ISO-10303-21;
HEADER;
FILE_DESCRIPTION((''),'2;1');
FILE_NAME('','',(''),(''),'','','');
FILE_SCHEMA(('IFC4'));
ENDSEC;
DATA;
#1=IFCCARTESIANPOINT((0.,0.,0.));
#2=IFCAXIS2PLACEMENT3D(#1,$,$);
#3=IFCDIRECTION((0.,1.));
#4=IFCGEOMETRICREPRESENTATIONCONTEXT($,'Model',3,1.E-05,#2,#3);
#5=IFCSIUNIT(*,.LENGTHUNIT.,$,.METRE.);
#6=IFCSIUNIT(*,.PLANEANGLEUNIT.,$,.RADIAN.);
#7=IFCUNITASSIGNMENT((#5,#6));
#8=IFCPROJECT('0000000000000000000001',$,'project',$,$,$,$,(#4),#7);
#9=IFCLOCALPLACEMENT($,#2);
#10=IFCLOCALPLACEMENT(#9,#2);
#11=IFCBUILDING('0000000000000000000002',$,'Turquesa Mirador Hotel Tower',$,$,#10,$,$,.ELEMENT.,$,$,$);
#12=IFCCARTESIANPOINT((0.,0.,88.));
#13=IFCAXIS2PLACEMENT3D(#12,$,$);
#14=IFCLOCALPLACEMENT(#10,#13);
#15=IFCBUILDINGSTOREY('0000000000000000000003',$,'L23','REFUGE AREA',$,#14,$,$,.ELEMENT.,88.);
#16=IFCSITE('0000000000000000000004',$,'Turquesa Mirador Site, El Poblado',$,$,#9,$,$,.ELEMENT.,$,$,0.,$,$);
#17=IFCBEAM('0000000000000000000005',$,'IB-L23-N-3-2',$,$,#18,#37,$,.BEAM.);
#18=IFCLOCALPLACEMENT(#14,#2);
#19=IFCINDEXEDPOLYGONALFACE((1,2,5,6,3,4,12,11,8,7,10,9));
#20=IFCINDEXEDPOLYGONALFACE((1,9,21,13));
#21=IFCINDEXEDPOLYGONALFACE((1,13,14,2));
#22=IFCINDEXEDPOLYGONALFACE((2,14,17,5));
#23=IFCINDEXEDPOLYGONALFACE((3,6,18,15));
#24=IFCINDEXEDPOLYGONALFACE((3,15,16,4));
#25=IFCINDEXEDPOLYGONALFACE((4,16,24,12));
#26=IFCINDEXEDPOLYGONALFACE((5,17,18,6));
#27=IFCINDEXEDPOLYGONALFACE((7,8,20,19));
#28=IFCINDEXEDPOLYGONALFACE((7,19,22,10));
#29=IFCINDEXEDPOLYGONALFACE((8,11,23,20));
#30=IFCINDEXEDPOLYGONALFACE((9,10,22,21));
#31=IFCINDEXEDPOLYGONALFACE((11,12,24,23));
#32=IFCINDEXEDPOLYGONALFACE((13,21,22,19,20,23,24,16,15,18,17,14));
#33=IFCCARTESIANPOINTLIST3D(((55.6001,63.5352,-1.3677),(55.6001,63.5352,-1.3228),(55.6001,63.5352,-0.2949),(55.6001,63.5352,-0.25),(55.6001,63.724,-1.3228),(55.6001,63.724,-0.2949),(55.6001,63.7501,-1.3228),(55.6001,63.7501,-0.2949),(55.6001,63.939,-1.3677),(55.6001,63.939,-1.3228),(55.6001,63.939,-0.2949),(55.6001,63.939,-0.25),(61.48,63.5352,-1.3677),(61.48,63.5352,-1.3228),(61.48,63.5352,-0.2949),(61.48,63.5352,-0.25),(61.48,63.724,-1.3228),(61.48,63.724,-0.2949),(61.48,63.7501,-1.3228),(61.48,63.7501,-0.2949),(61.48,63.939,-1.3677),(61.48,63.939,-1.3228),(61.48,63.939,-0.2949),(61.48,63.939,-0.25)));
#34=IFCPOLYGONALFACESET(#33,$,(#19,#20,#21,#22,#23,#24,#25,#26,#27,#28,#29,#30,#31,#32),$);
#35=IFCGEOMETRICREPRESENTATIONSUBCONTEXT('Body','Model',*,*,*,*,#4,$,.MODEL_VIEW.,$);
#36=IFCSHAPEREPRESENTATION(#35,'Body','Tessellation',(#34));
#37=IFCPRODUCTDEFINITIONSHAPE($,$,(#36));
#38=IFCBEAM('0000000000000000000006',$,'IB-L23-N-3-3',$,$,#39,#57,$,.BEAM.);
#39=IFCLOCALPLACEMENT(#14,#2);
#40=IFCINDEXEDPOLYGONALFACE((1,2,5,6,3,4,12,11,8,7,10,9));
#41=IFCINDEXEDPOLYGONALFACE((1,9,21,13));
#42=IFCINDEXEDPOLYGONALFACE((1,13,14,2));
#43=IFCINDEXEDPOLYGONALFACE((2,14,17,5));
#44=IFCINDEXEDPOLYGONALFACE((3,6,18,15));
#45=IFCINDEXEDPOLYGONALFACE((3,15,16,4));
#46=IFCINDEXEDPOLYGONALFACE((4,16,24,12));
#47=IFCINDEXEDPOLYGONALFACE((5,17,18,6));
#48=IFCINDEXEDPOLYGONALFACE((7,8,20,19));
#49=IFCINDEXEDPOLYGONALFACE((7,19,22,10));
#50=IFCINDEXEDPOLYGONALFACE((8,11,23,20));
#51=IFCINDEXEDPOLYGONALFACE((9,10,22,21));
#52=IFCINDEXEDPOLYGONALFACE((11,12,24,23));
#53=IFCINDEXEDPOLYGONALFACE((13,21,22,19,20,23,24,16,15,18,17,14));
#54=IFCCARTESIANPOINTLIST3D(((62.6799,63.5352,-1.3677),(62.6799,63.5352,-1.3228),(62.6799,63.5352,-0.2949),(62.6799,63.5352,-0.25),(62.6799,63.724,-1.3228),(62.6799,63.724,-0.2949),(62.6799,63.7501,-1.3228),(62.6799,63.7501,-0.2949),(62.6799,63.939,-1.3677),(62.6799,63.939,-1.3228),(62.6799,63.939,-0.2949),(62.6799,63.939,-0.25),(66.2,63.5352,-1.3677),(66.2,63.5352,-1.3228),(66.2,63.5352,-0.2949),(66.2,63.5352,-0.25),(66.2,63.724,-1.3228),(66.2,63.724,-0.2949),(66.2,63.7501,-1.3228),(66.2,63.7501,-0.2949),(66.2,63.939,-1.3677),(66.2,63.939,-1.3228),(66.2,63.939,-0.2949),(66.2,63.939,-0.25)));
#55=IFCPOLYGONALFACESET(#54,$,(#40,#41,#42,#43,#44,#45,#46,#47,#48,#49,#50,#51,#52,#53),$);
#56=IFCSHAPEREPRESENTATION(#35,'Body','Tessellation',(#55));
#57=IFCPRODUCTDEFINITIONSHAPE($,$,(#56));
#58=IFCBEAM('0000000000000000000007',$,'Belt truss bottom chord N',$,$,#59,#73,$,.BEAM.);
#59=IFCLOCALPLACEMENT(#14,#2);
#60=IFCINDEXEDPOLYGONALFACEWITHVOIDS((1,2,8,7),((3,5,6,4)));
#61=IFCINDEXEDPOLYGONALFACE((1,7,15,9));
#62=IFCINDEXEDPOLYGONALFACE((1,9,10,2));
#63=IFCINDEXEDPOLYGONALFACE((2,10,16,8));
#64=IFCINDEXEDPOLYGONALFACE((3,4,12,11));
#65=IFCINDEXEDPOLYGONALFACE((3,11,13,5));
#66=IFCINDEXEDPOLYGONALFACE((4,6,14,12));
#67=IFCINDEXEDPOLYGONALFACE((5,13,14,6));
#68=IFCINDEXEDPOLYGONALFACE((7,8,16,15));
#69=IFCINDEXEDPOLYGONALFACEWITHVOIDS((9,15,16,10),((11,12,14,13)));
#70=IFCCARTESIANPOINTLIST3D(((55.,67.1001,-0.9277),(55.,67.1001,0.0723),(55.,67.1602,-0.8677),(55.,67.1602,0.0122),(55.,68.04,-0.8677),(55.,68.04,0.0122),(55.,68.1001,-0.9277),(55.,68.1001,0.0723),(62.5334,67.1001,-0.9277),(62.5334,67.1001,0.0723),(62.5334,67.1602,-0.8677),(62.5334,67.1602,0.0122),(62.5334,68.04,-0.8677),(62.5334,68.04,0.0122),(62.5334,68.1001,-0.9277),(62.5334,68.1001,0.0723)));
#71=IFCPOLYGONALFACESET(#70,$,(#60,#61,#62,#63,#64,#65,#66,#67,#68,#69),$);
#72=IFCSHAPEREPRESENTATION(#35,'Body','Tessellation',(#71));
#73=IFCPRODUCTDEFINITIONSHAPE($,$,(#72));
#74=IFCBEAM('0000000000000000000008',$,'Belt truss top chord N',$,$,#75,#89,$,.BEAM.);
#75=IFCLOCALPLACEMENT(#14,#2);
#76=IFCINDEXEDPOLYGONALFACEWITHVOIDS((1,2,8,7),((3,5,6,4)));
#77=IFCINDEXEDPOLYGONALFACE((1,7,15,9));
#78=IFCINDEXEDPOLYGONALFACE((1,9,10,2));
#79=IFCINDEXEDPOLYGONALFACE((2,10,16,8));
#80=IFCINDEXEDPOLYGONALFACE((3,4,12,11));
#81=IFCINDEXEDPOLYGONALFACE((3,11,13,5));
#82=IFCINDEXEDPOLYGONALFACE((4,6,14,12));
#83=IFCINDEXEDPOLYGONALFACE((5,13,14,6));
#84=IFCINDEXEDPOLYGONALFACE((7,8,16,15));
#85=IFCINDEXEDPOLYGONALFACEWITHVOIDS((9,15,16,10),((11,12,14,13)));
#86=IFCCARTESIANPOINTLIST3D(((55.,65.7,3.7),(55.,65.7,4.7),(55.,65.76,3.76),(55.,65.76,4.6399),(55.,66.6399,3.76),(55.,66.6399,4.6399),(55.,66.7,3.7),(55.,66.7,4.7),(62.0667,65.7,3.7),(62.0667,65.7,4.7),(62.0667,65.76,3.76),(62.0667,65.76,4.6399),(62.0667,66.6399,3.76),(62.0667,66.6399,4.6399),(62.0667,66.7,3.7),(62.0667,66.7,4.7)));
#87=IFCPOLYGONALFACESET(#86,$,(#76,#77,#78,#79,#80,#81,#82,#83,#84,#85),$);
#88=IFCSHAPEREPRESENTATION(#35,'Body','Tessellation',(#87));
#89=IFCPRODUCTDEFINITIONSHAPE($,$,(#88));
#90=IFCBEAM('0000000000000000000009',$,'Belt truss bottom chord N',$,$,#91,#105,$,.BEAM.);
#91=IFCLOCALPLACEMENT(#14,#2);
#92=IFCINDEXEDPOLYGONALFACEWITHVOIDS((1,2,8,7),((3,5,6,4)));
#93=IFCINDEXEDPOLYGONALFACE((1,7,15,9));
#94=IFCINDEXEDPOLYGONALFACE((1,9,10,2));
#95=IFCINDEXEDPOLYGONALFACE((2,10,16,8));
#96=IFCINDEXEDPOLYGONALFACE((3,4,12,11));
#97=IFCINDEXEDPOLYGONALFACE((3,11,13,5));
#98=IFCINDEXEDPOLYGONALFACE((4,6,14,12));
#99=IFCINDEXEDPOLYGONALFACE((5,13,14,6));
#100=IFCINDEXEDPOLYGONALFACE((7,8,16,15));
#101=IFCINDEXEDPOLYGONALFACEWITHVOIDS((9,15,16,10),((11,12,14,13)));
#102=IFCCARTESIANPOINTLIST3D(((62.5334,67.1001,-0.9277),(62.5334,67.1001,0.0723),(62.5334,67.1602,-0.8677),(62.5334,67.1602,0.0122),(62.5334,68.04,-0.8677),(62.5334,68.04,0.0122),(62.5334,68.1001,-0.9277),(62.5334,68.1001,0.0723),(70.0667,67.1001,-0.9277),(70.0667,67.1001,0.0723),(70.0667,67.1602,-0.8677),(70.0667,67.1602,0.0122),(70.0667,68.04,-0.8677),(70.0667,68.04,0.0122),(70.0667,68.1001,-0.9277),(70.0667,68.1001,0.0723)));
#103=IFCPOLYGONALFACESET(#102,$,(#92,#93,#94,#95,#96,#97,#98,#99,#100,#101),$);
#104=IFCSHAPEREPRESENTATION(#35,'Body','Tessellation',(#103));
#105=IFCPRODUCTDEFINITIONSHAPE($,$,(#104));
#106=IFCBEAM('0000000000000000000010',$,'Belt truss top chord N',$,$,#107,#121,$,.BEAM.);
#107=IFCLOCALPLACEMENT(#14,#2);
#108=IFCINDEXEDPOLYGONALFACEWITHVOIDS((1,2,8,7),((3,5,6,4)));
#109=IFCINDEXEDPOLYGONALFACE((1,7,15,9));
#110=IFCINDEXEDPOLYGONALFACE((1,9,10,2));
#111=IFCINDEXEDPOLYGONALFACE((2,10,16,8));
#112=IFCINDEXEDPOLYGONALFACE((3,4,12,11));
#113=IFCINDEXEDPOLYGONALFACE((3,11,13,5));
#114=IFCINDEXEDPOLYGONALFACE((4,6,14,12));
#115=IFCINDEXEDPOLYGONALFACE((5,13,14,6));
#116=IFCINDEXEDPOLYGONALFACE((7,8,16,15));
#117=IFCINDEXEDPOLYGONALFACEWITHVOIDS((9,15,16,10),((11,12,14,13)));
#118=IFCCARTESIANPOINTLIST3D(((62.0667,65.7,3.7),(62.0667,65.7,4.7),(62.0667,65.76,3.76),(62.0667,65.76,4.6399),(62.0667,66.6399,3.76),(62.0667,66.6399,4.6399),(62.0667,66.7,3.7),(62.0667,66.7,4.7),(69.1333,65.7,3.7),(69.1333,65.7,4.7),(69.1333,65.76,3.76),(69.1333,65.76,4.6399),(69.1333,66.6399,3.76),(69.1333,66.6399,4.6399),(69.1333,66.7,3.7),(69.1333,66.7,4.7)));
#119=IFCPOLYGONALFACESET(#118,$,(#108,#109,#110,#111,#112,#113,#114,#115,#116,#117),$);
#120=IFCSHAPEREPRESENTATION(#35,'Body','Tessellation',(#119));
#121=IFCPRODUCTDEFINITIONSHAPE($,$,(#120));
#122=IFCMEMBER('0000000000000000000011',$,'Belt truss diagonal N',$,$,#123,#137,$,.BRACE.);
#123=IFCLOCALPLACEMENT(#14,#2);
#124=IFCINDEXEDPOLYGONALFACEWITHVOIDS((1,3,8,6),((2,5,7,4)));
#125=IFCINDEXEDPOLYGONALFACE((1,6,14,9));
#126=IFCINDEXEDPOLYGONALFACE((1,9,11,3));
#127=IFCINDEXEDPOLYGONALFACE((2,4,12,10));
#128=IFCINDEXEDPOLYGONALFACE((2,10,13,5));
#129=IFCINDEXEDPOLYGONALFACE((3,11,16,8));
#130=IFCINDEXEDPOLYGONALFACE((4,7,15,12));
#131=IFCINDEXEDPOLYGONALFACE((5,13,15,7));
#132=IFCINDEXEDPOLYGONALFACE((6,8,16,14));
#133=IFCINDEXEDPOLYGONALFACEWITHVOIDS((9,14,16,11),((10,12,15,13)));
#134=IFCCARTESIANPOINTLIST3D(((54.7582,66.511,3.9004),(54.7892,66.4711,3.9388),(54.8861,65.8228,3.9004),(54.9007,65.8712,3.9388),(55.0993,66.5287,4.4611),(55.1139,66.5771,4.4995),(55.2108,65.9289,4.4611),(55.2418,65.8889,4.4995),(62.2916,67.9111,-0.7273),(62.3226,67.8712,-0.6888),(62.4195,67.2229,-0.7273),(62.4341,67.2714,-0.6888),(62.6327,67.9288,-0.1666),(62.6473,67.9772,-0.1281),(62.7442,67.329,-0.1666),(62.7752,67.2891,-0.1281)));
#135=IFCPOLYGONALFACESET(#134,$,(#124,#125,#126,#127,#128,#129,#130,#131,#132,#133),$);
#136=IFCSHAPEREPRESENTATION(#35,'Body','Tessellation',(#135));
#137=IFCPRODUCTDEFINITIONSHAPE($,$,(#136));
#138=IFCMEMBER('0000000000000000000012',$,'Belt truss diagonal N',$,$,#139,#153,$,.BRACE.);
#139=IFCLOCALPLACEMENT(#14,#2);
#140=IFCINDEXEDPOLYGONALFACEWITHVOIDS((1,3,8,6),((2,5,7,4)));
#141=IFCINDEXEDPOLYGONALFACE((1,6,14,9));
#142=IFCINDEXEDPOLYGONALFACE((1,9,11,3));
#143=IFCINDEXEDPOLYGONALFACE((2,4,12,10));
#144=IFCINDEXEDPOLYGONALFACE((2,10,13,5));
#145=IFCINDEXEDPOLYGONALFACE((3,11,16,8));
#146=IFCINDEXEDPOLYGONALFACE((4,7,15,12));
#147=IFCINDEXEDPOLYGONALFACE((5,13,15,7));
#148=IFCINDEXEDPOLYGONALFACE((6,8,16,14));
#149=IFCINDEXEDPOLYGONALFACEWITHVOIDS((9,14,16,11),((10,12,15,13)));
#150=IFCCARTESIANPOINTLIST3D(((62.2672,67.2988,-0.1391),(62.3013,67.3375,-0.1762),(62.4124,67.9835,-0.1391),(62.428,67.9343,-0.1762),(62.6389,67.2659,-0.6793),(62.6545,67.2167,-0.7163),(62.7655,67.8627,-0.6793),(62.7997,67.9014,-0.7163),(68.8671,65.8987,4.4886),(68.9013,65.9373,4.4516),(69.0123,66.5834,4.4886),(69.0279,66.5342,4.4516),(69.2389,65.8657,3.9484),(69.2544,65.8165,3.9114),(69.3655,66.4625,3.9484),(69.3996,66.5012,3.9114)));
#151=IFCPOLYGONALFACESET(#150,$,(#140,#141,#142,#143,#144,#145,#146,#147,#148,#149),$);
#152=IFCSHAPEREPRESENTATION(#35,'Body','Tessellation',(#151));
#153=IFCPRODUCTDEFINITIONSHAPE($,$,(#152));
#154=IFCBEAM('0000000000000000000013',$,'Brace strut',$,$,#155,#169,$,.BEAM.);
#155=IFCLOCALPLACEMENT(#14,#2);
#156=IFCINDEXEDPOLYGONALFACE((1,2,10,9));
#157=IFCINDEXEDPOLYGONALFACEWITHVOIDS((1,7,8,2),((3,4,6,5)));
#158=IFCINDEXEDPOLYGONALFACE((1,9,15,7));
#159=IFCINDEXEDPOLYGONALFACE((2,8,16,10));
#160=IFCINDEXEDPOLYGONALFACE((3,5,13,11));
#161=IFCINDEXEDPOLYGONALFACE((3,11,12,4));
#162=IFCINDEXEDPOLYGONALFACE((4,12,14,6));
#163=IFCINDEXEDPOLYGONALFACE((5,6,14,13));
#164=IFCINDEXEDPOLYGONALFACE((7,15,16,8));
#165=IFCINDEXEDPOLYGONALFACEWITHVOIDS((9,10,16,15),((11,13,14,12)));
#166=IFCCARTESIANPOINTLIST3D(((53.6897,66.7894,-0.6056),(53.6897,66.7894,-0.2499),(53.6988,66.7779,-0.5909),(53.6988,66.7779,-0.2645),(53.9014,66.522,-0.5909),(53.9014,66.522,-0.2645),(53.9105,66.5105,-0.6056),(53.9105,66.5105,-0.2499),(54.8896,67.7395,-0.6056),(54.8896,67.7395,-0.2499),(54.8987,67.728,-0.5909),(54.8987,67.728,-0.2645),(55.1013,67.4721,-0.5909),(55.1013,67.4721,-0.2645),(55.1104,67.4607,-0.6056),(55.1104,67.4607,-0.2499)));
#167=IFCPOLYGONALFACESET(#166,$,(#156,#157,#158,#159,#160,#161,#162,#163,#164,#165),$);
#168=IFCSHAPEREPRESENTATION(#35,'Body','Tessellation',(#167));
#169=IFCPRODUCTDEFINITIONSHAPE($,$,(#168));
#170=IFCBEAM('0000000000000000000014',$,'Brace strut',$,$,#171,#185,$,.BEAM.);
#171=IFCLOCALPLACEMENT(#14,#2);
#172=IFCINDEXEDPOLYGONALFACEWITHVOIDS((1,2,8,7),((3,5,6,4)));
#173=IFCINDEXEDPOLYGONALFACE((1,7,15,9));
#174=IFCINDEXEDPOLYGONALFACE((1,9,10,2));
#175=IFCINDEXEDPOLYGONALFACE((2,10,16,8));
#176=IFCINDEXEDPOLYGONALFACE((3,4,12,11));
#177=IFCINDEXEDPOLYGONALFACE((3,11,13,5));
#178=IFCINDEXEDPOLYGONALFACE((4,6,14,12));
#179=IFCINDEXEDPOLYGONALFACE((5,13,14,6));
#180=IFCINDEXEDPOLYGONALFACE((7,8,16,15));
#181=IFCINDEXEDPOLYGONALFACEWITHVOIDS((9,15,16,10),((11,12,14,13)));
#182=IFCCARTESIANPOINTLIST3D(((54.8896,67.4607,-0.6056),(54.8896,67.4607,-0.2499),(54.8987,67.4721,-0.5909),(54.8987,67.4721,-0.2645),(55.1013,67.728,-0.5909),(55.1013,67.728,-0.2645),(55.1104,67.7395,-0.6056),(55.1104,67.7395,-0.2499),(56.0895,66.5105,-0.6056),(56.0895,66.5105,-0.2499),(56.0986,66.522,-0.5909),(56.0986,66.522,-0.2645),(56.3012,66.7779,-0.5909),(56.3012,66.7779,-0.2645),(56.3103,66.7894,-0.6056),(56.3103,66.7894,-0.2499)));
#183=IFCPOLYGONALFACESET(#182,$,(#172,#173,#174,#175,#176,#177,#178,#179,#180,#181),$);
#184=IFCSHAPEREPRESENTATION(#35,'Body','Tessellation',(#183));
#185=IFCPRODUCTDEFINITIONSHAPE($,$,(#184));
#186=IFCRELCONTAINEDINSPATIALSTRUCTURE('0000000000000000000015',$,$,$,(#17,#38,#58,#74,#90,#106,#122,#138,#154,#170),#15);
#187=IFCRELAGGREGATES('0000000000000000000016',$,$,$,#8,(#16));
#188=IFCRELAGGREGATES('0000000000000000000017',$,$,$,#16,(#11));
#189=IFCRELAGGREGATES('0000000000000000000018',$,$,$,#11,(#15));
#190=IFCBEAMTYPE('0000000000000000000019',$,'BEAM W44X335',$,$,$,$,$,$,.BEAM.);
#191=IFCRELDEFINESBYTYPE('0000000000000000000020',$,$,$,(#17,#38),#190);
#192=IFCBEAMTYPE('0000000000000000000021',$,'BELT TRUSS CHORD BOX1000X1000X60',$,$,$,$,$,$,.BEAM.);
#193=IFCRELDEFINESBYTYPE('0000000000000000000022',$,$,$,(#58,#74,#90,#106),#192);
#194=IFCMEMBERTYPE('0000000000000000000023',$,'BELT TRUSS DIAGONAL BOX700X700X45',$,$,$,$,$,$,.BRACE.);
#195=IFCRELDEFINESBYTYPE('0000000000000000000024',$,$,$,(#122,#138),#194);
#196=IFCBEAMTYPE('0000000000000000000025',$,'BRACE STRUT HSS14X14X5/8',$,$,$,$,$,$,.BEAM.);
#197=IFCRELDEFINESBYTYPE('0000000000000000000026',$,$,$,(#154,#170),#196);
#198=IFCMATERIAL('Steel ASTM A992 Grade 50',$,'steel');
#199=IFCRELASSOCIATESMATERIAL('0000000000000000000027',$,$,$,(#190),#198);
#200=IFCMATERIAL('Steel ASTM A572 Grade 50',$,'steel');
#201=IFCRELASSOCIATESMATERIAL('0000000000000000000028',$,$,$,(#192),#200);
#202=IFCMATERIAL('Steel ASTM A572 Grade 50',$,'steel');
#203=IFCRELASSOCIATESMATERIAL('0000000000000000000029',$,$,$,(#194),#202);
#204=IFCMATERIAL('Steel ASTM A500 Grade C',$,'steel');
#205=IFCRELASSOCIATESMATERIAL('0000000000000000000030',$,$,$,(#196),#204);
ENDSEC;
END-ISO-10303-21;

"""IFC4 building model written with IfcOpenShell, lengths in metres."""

from ifc_helpers import new_model, si_unit, direction, frame, origin, origin_2d, place, context, subcontext, project, spatial, hollow_rectangle, i_section, extrude, material, material_profile, profile_set, type_object, element, save


model = new_model("IFC4")

# Units and contexts
model_context = context("Model", 3, precision=1e-05, world=origin(), true_north=direction((0.0, 1.0)))
body_context = subcontext(model_context, "Body", "Model", "MODEL_VIEW")
ifc_project = project(units=[si_unit("LENGTHUNIT", "METRE"), si_unit("PLANEANGLEUNIT", "RADIAN")], contexts=[model_context])

# Site, building, storey
site_placement = place(None, origin())
site = spatial("IfcSite", under=ifc_project, at=site_placement, Name="Turquesa Mirador Site, El Poblado", CompositionType="ELEMENT", RefElevation=0.0)
building_placement = place(site_placement, origin())
building = spatial("IfcBuilding", under=site, at=building_placement, Name="Turquesa Mirador Hotel Tower", CompositionType="ELEMENT")
storey_placement = place(building_placement, frame((0.0, 0.0, 88.0)))
storey = spatial("IfcBuildingStorey", under=building, at=storey_placement, Name="L23", Description="REFUGE AREA", CompositionType="ELEMENT", Elevation=88.0)

# Beams
ifc_material_1 = material(Name="Steel ASTM A992 Grade 50", Category="steel")
ifc_material_profile_1 = material_profile(ifc_material_1, i_section(OverallWidth=0.4038, OverallDepth=1.1177, WebThickness=0.0261, FlangeThickness=0.0449, at=origin_2d()), Name="W44X335")
ifc_profile_set_1 = profile_set([ifc_material_profile_1], Name="Steel ASTM A992 Grade 50")
beam_type_1 = type_object("IfcBeamType", Name="BEAM W44X335", PredefinedType="BEAM", material=ifc_profile_set_1)
beam_1_placement = place(storey_placement, frame((55.6001, 63.7371, -0.8088), z_axis=(1.0, 0.0, 0.0), x_axis=(0.0, 1.0, 0.0)))
element("IfcBeam", 1, at=beam_1_placement, inside=storey, type_object=beam_type_1, Name="IB-L23-N-3-2", PredefinedType="BEAM", context=body_context, shape_type="SweptSolid", body=[
    extrude(i_section(OverallWidth=0.4038, OverallDepth=1.1177, WebThickness=0.0261, FlangeThickness=0.0449, at=origin_2d()), origin(), (0.0, 0.0, 1.0), 5.8799),
])
beam_2_placement = place(storey_placement, frame((62.6799, 63.7371, -0.8088), z_axis=(1.0, 0.0, 0.0), x_axis=(0.0, 1.0, 0.0)))
element("IfcBeam", 2, at=beam_2_placement, inside=storey, type_object=beam_type_1, Name="IB-L23-N-3-3", PredefinedType="BEAM", context=body_context, shape_type="SweptSolid", body=[
    extrude(i_section(OverallWidth=0.4038, OverallDepth=1.1177, WebThickness=0.0261, FlangeThickness=0.0449, at=origin_2d()), origin(), (0.0, 0.0, 1.0), 3.52),
])
ifc_material_2 = material(Name="Steel ASTM A572 Grade 50", Category="steel")
ifc_material_profile_2 = material_profile(ifc_material_2, hollow_rectangle(XDim=1.0, YDim=1.0, WallThickness=0.0601, at=origin_2d()), Name="BOX1000X1000X60")
ifc_profile_set_2 = profile_set([ifc_material_profile_2], Name="Steel ASTM A572 Grade 50")
beam_type_2 = type_object("IfcBeamType", Name="BELT TRUSS CHORD BOX1000X1000X60", PredefinedType="BEAM", material=ifc_profile_set_2)
beam_3_placement = place(storey_placement, frame((55.0, 67.6001, -0.4277), z_axis=(1.0, 0.0, 0.0), x_axis=(0.0, 1.0, 0.0)))
element("IfcBeam", 3, at=beam_3_placement, inside=storey, type_object=beam_type_2, Name="Belt truss bottom chord N", PredefinedType="BEAM", context=body_context, shape_type="SweptSolid", body=[
    extrude(hollow_rectangle(XDim=1.0, YDim=1.0, WallThickness=0.0601, at=origin_2d()), origin(), (0.0, 0.0, 1.0), 7.5334),
])
beam_4_placement = place(storey_placement, frame((55.0, 66.2, 4.2), z_axis=(1.0, 0.0, 0.0), x_axis=(0.0, 1.0, 0.0)))
element("IfcBeam", 4, at=beam_4_placement, inside=storey, type_object=beam_type_2, Name="Belt truss top chord N", PredefinedType="BEAM", context=body_context, shape_type="SweptSolid", body=[
    extrude(hollow_rectangle(XDim=1.0, YDim=1.0, WallThickness=0.0601, at=origin_2d()), origin(), (0.0, 0.0, 1.0), 7.0667),
])
beam_5_placement = place(storey_placement, frame((62.5334, 67.6001, -0.4277), z_axis=(1.0, 0.0, 0.0), x_axis=(0.0, 1.0, 0.0)))
element("IfcBeam", 5, at=beam_5_placement, inside=storey, type_object=beam_type_2, Name="Belt truss bottom chord N", PredefinedType="BEAM", context=body_context, shape_type="SweptSolid", body=[
    extrude(hollow_rectangle(XDim=1.0, YDim=1.0, WallThickness=0.0601, at=origin_2d()), origin(), (0.0, 0.0, 1.0), 7.5332),
])
beam_6_placement = place(storey_placement, frame((62.0667, 66.2, 4.2), z_axis=(1.0, 0.0, 0.0), x_axis=(0.0, 1.0, 0.0)))
element("IfcBeam", 6, at=beam_6_placement, inside=storey, type_object=beam_type_2, Name="Belt truss top chord N", PredefinedType="BEAM", context=body_context, shape_type="SweptSolid", body=[
    extrude(hollow_rectangle(XDim=1.0, YDim=1.0, WallThickness=0.0601, at=origin_2d()), origin(), (0.0, 0.0, 1.0), 7.0667),
])

# Members
ifc_material_3 = material(Name="Steel ASTM A572 Grade 50", Category="steel")
ifc_material_profile_3 = material_profile(ifc_material_3, hollow_rectangle(XDim=0.7, YDim=0.7, WallThickness=0.0449, at=origin_2d()), Name="BOX700X700X45")
ifc_profile_set_3 = profile_set([ifc_material_profile_3], Name="Steel ASTM A572 Grade 50")
member_type = type_object("IfcMemberType", Name="BELT TRUSS DIAGONAL BOX700X700X45", PredefinedType="BRACE", material=ifc_profile_set_3)
member_1_placement = place(storey_placement, frame((55.0, 66.2, 4.2), z_axis=(0.841588, 0.156415, -0.516975), x_axis=(-0.182728, 0.983163, 0.0)))
element("IfcMember", 7, at=member_1_placement, inside=storey, type_object=member_type, Name="Belt truss diagonal N", PredefinedType="BRACE", context=body_context, shape_type="SweptSolid", body=[
    extrude(hollow_rectangle(XDim=0.7, YDim=0.7, WallThickness=0.0449, at=origin_2d()), origin(), (0.0, 0.0, 1.0), 8.9514),
])
member_2_placement = place(storey_placement, frame((62.5334, 67.6001, -0.4277), z_axis=(0.806698, -0.171139, 0.565641), x_axis=(0.207529, 0.978229, 0.0)))
element("IfcMember", 8, at=member_2_placement, inside=storey, type_object=member_type, Name="Belt truss diagonal N", PredefinedType="BRACE", context=body_context, shape_type="SweptSolid", body=[
    extrude(hollow_rectangle(XDim=0.7, YDim=0.7, WallThickness=0.0449, at=origin_2d()), origin(), (0.0, 0.0, 1.0), 8.1814),
])

# Beams
ifc_material_4 = material(Name="Steel ASTM A500 Grade C", Category="steel")
ifc_material_profile_4 = material_profile(ifc_material_4, hollow_rectangle(XDim=0.3557, YDim=0.3557, WallThickness=0.0146, at=origin_2d()), Name="HSS14X14X5/8")
ifc_profile_set_4 = profile_set([ifc_material_profile_4], Name="Steel ASTM A500 Grade C")
beam_type_3 = type_object("IfcBeamType", Name="BRACE STRUT HSS14X14X5/8", PredefinedType="BEAM", material=ifc_profile_set_4)
for number, where, z_axis, x_axis, name in (
    (9, (55.0, 67.6001, -0.4277), (-0.783971, -0.620797, 0.0), (0.620797, -0.783971, 0.0), "Brace strut"),
    (10, (55.0, 67.6001, -0.4277), (0.783971, -0.620797, 0.0), (0.620797, 0.783971, 0.0), "Brace strut"),
):
    element("IfcBeam", number, at=place(storey_placement, frame(where, z_axis=z_axis, x_axis=x_axis)), inside=storey, type_object=beam_type_3, Name=name, PredefinedType="BEAM", context=body_context, shape_type="SweptSolid", body=[
        extrude(hollow_rectangle(XDim=0.3557, YDim=0.3557, WallThickness=0.0146, at=origin_2d()), origin(), (0.0, 0.0, 1.0), 1.5305),
    ])

save(model, "model.ifc")
